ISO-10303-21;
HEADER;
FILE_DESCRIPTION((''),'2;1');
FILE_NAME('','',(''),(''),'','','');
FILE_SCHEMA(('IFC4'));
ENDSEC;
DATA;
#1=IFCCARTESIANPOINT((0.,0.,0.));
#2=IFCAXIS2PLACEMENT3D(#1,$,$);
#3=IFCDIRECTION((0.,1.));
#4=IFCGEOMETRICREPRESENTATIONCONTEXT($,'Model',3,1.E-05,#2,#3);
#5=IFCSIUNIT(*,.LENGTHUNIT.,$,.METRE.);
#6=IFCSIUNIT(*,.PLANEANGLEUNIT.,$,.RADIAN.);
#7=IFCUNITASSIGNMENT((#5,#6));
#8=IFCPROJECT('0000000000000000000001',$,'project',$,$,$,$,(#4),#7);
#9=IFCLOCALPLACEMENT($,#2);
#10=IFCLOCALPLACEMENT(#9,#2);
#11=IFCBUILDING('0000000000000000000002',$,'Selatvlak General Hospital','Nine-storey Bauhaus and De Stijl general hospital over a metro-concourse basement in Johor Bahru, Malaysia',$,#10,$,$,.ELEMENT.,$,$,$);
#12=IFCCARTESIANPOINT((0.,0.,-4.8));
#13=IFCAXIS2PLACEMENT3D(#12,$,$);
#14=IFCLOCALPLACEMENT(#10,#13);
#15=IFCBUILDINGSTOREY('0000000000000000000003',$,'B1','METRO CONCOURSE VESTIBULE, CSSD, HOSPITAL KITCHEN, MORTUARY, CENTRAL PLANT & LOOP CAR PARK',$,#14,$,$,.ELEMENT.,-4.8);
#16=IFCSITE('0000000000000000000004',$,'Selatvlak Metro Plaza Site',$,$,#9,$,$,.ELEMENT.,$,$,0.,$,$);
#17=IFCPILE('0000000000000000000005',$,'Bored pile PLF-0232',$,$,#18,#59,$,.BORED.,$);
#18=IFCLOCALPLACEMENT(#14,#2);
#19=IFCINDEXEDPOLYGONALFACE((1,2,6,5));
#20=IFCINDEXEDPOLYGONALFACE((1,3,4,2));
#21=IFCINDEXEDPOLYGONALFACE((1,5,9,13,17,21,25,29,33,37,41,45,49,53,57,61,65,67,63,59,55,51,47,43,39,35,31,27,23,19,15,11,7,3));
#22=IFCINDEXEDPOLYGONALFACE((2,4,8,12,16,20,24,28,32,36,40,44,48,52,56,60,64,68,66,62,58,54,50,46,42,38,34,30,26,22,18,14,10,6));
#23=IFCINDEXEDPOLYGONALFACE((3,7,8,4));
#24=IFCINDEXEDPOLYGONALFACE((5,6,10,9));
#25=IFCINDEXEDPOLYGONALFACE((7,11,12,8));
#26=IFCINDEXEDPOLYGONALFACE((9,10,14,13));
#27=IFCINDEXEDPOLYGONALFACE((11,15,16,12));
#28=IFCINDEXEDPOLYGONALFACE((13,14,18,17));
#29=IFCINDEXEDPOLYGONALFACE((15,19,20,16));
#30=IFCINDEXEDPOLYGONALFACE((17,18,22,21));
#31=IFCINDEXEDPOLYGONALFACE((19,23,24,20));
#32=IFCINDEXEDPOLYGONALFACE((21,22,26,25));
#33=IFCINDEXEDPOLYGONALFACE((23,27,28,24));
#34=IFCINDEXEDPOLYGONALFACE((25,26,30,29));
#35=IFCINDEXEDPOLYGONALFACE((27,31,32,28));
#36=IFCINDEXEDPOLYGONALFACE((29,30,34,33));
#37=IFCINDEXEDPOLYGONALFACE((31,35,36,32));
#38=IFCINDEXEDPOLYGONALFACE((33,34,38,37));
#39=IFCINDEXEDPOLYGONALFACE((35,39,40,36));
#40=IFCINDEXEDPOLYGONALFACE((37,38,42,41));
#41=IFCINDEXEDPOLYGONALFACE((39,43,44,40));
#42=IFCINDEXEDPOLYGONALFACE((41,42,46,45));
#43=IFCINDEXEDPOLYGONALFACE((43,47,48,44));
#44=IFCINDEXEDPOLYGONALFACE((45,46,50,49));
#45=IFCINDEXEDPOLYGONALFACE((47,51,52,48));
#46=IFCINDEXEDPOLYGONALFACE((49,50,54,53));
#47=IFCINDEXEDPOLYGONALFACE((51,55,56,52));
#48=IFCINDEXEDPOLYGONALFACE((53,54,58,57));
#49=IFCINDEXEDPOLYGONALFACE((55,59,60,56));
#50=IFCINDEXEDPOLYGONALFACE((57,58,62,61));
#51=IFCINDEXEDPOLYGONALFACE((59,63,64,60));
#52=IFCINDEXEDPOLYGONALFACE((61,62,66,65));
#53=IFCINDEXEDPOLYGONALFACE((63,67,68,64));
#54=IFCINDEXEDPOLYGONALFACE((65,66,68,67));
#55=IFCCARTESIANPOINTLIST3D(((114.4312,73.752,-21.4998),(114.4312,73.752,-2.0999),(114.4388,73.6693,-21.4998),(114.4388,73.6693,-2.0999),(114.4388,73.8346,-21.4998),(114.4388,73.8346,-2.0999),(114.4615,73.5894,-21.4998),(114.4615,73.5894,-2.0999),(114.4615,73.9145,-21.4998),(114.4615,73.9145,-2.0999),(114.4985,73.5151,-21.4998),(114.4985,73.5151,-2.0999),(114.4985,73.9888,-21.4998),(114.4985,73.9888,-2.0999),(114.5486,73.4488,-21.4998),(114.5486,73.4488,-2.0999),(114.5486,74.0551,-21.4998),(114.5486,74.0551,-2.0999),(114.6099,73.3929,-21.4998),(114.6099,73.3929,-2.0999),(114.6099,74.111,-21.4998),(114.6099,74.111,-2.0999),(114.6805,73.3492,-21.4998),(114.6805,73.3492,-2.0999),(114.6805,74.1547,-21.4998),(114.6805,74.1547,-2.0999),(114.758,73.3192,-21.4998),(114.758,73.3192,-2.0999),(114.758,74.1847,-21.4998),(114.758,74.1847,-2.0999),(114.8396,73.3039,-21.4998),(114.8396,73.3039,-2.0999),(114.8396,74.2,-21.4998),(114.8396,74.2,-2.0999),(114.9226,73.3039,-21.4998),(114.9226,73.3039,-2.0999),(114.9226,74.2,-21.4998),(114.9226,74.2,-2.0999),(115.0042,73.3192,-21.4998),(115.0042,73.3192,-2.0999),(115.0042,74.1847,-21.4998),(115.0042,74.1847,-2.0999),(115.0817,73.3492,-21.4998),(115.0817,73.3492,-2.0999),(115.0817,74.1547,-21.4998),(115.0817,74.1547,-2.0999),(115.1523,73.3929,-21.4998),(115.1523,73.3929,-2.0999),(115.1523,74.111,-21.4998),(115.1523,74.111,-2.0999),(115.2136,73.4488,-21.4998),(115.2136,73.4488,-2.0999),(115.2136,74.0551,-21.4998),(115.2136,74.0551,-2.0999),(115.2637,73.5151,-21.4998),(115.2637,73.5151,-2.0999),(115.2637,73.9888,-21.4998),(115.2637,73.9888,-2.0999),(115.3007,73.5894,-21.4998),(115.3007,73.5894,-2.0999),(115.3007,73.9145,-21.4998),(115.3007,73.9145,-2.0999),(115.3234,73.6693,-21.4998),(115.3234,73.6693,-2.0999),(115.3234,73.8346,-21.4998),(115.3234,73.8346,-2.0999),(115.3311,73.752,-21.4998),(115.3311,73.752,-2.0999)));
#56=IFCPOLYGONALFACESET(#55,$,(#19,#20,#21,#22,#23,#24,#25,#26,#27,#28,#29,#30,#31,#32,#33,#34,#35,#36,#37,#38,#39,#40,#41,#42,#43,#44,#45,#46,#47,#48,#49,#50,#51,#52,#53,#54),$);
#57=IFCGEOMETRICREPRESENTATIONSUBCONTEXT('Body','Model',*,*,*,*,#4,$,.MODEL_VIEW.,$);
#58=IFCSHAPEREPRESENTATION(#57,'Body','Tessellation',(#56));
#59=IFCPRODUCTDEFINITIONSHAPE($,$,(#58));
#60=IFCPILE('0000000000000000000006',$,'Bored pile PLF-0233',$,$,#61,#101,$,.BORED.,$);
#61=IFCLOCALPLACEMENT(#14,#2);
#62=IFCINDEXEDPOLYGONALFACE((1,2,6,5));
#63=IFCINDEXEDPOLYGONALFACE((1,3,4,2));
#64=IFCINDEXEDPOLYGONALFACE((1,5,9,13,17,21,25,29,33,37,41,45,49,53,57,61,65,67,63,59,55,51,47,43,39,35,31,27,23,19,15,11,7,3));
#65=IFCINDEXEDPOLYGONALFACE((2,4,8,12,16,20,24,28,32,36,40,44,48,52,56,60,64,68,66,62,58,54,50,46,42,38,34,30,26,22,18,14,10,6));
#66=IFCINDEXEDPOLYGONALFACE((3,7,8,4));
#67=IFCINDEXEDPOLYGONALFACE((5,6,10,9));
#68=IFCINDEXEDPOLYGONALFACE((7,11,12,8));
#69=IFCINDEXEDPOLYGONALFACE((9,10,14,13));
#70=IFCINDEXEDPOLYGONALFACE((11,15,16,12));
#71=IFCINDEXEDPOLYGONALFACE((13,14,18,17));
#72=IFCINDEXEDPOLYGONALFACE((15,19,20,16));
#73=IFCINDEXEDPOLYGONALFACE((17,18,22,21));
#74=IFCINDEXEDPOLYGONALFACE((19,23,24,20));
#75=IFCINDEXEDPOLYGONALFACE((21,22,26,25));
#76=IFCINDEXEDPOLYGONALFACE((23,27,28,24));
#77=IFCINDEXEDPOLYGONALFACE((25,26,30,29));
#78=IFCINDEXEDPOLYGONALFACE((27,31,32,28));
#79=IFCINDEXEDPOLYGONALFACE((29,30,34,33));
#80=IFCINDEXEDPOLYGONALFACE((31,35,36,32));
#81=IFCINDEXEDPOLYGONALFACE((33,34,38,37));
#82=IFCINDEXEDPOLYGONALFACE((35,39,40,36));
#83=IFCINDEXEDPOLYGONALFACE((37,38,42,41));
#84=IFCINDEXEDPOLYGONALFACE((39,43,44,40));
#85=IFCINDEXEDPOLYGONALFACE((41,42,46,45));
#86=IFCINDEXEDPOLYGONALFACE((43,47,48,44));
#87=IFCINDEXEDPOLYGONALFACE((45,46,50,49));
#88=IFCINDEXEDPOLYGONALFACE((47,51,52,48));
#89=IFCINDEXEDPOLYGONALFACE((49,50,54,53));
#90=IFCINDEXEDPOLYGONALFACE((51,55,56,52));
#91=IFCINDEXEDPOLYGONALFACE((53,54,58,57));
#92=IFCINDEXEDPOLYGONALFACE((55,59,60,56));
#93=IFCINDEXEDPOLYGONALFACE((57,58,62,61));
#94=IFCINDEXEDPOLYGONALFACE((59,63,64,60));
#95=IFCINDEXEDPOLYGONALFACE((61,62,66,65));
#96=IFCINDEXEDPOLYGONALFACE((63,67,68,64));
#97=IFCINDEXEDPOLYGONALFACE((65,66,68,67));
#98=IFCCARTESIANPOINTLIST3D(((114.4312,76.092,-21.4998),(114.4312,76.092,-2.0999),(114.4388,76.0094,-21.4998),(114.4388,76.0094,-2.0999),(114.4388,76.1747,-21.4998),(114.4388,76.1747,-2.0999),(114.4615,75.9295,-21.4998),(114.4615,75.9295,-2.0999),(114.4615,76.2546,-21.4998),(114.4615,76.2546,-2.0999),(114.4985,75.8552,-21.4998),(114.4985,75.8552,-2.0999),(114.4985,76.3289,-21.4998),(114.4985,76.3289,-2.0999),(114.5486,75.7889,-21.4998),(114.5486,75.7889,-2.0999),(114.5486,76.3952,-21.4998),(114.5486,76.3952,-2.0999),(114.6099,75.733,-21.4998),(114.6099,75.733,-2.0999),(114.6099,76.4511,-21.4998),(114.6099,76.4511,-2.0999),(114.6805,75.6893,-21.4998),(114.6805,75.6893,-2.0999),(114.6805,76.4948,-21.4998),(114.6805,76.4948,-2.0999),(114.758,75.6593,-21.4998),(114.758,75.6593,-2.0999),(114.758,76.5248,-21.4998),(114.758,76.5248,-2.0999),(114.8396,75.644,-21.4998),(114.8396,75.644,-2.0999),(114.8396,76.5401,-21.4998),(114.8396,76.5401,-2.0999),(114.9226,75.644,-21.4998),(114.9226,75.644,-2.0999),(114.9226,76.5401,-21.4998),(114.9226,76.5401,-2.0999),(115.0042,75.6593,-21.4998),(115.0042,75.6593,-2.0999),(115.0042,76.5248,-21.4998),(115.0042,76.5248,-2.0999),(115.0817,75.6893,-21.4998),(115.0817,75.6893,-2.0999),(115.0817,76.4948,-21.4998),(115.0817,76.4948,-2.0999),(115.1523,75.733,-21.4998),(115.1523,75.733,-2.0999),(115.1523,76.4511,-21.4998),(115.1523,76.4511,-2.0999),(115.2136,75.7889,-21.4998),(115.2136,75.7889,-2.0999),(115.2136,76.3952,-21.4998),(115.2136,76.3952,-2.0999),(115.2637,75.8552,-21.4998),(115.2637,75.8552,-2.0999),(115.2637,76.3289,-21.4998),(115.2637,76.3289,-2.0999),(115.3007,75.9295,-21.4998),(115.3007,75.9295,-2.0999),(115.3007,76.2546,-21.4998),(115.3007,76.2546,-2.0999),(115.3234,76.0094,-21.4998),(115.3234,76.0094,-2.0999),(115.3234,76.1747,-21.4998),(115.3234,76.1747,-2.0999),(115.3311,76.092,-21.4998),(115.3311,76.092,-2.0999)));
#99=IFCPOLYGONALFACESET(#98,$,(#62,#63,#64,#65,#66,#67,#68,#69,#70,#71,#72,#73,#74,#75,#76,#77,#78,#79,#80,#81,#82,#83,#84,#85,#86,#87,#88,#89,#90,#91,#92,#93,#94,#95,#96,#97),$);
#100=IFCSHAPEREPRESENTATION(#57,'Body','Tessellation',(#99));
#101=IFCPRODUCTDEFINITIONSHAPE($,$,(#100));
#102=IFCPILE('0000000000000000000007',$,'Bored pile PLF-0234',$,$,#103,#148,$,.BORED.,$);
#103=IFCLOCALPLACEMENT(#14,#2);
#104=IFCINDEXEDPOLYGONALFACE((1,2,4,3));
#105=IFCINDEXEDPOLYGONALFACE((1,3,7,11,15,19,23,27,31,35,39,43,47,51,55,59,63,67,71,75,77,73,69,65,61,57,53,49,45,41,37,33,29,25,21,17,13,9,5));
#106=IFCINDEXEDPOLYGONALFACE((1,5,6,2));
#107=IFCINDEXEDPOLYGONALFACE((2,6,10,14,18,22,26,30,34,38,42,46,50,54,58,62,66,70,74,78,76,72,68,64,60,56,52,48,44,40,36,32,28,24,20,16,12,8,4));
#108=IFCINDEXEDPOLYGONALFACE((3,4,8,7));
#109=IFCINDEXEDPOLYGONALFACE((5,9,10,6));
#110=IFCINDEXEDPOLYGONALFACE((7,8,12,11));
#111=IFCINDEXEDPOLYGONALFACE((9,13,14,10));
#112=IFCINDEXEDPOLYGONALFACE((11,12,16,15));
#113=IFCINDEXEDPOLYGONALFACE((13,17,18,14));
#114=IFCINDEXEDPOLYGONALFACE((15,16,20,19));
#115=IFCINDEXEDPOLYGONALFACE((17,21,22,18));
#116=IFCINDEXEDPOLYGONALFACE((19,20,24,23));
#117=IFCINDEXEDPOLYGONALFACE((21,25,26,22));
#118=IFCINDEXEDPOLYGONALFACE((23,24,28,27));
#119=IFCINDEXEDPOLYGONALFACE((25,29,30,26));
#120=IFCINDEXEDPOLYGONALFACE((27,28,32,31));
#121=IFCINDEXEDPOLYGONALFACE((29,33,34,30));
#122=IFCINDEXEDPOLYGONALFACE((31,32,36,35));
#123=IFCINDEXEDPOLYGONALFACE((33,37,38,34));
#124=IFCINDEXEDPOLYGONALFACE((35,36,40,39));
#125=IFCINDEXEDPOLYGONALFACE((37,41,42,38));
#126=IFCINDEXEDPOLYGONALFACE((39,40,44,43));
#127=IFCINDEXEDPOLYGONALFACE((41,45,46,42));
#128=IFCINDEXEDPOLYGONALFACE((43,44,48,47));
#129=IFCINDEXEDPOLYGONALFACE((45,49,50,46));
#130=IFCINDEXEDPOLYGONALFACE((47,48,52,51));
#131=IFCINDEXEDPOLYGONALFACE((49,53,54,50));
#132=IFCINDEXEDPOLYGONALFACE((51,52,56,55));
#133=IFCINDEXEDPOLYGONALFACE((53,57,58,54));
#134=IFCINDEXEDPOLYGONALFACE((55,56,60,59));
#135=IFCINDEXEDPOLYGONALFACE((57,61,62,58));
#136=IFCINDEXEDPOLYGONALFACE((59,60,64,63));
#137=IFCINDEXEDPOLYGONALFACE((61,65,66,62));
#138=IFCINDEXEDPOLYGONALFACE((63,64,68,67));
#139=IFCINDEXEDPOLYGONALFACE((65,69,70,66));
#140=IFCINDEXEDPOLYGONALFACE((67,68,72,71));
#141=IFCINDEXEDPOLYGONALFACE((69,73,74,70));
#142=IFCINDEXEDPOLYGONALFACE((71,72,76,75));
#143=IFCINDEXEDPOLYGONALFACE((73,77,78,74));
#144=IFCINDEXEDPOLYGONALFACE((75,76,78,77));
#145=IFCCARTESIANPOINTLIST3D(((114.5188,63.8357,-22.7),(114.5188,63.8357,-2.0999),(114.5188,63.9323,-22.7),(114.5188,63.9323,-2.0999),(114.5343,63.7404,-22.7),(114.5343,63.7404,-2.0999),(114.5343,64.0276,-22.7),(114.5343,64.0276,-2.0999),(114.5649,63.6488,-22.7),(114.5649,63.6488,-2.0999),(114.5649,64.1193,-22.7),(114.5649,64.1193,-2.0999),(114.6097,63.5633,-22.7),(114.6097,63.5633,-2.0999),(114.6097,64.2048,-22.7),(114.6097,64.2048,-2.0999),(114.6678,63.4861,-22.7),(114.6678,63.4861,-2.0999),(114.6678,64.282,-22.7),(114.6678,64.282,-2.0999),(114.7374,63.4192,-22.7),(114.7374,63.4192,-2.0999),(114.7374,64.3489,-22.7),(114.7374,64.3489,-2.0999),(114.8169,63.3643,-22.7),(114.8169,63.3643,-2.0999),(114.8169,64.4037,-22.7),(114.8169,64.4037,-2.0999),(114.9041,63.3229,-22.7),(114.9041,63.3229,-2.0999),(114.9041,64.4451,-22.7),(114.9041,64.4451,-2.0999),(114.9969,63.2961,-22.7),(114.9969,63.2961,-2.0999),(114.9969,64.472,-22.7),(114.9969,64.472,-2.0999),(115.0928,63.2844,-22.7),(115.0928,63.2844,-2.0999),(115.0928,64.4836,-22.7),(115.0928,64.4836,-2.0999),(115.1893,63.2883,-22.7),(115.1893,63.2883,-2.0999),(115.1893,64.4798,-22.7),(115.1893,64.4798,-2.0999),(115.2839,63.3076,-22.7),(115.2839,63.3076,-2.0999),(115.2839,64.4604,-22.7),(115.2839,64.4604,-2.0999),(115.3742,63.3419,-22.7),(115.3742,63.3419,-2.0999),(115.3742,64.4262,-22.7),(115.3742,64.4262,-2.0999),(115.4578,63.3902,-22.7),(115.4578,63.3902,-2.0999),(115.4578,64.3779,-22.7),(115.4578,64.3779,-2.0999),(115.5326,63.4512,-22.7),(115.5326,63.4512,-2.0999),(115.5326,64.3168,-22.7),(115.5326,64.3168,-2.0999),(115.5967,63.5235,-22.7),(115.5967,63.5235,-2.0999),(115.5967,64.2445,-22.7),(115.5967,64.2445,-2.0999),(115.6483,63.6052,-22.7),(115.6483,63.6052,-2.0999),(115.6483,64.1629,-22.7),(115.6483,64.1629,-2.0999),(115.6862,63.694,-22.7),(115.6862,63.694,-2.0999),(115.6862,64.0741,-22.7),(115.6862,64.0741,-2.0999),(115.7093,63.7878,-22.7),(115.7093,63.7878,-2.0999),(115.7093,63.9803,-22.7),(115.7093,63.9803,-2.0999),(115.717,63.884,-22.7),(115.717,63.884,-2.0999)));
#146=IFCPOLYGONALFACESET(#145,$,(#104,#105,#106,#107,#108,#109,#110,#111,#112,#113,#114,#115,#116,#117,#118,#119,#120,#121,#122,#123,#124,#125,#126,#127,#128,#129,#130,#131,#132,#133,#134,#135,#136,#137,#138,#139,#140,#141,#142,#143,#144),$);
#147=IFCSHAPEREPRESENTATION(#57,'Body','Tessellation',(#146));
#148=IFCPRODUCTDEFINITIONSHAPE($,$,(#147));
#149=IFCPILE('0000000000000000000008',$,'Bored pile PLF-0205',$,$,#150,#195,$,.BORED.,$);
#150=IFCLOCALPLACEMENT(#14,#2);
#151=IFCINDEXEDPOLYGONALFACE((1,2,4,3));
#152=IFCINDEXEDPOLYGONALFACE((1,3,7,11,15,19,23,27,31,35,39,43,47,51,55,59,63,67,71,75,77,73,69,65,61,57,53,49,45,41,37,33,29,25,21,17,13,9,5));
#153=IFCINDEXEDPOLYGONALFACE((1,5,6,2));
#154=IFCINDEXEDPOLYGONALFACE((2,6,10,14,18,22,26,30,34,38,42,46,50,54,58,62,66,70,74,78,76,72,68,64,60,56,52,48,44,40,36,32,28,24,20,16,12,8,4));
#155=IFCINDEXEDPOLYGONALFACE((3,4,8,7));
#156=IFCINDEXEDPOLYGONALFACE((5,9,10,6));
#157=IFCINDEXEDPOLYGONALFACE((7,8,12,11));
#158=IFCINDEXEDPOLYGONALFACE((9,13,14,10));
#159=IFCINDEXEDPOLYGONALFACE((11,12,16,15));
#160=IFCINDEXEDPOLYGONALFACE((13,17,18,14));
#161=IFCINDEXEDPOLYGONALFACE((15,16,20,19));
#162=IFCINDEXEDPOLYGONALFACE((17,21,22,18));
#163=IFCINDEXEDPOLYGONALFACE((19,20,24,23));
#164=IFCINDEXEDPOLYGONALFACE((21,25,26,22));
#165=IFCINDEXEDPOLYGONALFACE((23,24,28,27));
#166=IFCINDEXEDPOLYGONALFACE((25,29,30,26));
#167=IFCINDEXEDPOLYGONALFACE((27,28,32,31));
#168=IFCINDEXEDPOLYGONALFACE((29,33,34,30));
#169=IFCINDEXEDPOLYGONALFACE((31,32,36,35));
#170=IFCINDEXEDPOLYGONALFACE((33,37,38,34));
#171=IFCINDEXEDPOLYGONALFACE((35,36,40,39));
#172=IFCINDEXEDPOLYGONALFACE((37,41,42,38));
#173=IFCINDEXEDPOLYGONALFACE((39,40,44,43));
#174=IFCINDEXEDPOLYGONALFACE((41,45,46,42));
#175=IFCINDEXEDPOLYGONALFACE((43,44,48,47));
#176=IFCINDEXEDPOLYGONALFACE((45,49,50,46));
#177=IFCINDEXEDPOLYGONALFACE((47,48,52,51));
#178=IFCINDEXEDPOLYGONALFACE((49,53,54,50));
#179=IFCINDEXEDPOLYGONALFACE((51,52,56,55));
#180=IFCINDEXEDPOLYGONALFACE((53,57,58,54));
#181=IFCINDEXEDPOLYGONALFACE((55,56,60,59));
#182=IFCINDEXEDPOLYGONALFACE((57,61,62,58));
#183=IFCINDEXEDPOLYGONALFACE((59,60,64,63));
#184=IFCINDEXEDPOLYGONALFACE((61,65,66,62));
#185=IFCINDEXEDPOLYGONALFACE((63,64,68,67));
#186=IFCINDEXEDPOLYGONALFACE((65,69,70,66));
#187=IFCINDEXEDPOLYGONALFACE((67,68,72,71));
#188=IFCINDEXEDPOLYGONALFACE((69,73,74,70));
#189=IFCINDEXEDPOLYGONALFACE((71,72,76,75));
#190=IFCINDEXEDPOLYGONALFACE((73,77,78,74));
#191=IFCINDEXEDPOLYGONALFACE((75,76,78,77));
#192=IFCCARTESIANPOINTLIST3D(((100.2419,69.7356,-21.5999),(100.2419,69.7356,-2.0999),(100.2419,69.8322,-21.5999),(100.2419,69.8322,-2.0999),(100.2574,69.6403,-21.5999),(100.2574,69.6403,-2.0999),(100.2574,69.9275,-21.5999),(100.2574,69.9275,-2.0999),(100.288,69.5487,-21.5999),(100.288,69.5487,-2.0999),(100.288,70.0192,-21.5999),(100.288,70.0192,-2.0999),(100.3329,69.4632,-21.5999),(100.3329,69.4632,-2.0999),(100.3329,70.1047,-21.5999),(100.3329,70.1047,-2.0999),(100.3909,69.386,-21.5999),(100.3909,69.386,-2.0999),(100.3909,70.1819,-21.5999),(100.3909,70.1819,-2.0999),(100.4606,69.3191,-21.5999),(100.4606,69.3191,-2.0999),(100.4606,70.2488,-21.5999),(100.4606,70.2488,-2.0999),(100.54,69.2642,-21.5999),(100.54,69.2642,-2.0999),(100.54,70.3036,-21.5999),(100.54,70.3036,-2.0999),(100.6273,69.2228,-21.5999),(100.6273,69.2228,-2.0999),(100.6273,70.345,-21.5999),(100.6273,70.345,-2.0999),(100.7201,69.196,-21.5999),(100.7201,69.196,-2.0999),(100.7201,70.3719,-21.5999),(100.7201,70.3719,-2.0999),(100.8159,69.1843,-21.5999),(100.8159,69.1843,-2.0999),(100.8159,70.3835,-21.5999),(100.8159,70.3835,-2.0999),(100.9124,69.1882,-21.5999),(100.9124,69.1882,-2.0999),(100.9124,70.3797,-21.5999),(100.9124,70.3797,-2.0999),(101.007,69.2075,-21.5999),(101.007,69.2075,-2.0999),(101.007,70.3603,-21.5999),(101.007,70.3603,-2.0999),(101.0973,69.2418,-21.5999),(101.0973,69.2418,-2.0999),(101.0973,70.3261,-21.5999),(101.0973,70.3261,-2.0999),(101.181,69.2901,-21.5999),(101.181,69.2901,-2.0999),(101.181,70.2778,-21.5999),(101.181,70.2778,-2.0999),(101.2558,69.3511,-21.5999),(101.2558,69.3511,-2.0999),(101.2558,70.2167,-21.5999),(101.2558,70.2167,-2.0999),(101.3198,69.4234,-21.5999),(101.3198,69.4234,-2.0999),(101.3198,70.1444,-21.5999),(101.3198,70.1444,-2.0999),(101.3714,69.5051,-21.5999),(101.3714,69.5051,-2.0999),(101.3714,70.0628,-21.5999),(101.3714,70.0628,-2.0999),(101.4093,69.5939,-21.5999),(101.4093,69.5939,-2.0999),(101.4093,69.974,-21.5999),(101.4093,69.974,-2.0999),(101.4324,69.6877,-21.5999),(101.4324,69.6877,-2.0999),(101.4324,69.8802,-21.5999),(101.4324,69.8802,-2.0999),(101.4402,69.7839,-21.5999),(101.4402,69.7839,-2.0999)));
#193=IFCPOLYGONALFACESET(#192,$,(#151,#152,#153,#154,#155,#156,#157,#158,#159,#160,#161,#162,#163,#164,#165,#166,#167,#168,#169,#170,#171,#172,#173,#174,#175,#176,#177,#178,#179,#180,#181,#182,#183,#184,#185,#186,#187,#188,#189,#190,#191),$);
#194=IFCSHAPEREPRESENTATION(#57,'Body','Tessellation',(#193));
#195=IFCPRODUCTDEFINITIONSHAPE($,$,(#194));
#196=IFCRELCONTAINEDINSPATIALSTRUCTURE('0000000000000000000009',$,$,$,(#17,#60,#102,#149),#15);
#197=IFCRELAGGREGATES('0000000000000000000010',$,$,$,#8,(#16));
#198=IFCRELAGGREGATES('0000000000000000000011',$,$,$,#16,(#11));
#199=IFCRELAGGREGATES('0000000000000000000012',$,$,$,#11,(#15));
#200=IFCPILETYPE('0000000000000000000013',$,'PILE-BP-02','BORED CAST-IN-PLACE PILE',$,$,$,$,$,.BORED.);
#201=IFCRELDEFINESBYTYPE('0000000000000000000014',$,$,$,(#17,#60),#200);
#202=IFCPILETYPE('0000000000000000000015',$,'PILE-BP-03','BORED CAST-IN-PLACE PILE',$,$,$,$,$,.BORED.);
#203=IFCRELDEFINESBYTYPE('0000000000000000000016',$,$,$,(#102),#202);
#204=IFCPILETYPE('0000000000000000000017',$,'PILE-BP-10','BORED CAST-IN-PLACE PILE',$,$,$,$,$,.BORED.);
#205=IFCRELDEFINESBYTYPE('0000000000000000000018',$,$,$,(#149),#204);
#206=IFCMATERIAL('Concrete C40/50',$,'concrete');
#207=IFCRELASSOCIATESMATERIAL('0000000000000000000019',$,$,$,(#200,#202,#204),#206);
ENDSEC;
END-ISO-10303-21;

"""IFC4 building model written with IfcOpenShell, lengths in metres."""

from ifc_helpers import new_model, si_unit, direction, frame, origin, origin_2d, place, context, subcontext, project, spatial, circle, extrude, material, material_profile, profile_set, type_object, element, save


model = new_model("IFC4")

# Units and contexts
model_context = context("Model", 3, precision=1e-05, world=origin(), true_north=direction((0.0, 1.0)))
body_context = subcontext(model_context, "Body", "Model", "MODEL_VIEW")
ifc_project = project(units=[si_unit("LENGTHUNIT", "METRE"), si_unit("PLANEANGLEUNIT", "RADIAN")], contexts=[model_context])

# Site, building, storey
site_placement = place(None, origin())
site = spatial("IfcSite", under=ifc_project, at=site_placement, Name="Selatvlak Metro Plaza Site", CompositionType="ELEMENT", RefElevation=0.0)
building_placement = place(site_placement, origin())
building = spatial("IfcBuilding", under=site, at=building_placement, Name="Selatvlak General Hospital", Description="Nine-storey Bauhaus and De Stijl general hospital over a metro-concourse basement in Johor Bahru, Malaysia", CompositionType="ELEMENT")
storey_placement = place(building_placement, frame((0.0, 0.0, -4.8)))
storey = spatial("IfcBuildingStorey", under=building, at=storey_placement, Name="B1", Description="METRO CONCOURSE VESTIBULE, CSSD, HOSPITAL KITCHEN, MORTUARY, CENTRAL PLANT & LOOP CAR PARK", CompositionType="ELEMENT", Elevation=-4.8)

# Shared definitions
ifc_material_1 = material(Name="Concrete C40/50", Category="concrete")

# Piles
ifc_material_profile_1 = material_profile(ifc_material_1, circle(Radius=0.45, at=origin_2d()), Name="BORED PILE 900")
ifc_profile_set_1 = profile_set([ifc_material_profile_1], Name="Concrete C40/50")
pile_type_1 = type_object("IfcPileType", Name="PILE-BP-02", Description="BORED CAST-IN-PLACE PILE", PredefinedType="BORED", material=ifc_profile_set_1)
for number, where, z_axis, x_axis, name in (
    (1, (114.8811, 73.752, -2.0999), (0.0, 0.0, -1.0), (1.0, 0.0, 0.0), "Bored pile PLF-0232"),
    (2, (114.8811, 76.092, -2.0999), (0.0, 0.0, -1.0), (1.0, 0.0, 0.0), "Bored pile PLF-0233"),
):
    element("IfcPile", number, at=place(storey_placement, frame(where, z_axis=z_axis, x_axis=x_axis)), inside=storey, type_object=pile_type_1, Name=name, PredefinedType="BORED", context=body_context, shape_type="SweptSolid", body=[
        extrude(circle(Radius=0.45, at=origin_2d()), origin(), (0.0, 0.0, 1.0), 19.3999),
    ])
ifc_material_profile_2 = material_profile(ifc_material_1, circle(Radius=0.6001, at=origin_2d()), Name="BORED PILE 1200")
ifc_profile_set_2 = profile_set([ifc_material_profile_2], Name="Concrete C40/50")
pile_type_2 = type_object("IfcPileType", Name="PILE-BP-03", Description="BORED CAST-IN-PLACE PILE", PredefinedType="BORED", material=ifc_profile_set_2)
pile_1_placement = place(storey_placement, frame((115.1169, 63.884, -2.0999), z_axis=(0.0, 0.0, -1.0), x_axis=(1.0, 0.0, 0.0)))
element("IfcPile", 3, at=pile_1_placement, inside=storey, type_object=pile_type_2, Name="Bored pile PLF-0234", PredefinedType="BORED", context=body_context, shape_type="SweptSolid", body=[
    extrude(circle(Radius=0.6001, at=origin_2d()), origin(), (0.0, 0.0, 1.0), 20.6001),
])
ifc_material_profile_3 = material_profile(ifc_material_1, circle(Radius=0.6001, at=origin_2d()), Name="BORED PILE 1200")
ifc_profile_set_3 = profile_set([ifc_material_profile_3], Name="Concrete C40/50")
pile_type_3 = type_object("IfcPileType", Name="PILE-BP-10", Description="BORED CAST-IN-PLACE PILE", PredefinedType="BORED", material=ifc_profile_set_3)
for number, where, z_axis, x_axis, name in (
    (4, (100.8401, 69.7839, -2.0999), (0.0, 0.0, -1.0), (1.0, 0.0, 0.0), "Bored pile PLF-0205"),
):
    element("IfcPile", number, at=place(storey_placement, frame(where, z_axis=z_axis, x_axis=x_axis)), inside=storey, type_object=pile_type_3, Name=name, PredefinedType="BORED", context=body_context, shape_type="SweptSolid", body=[
        extrude(circle(Radius=0.6001, at=origin_2d()), origin(), (0.0, 0.0, 1.0), 19.5),
    ])

save(model, "model.ifc")
